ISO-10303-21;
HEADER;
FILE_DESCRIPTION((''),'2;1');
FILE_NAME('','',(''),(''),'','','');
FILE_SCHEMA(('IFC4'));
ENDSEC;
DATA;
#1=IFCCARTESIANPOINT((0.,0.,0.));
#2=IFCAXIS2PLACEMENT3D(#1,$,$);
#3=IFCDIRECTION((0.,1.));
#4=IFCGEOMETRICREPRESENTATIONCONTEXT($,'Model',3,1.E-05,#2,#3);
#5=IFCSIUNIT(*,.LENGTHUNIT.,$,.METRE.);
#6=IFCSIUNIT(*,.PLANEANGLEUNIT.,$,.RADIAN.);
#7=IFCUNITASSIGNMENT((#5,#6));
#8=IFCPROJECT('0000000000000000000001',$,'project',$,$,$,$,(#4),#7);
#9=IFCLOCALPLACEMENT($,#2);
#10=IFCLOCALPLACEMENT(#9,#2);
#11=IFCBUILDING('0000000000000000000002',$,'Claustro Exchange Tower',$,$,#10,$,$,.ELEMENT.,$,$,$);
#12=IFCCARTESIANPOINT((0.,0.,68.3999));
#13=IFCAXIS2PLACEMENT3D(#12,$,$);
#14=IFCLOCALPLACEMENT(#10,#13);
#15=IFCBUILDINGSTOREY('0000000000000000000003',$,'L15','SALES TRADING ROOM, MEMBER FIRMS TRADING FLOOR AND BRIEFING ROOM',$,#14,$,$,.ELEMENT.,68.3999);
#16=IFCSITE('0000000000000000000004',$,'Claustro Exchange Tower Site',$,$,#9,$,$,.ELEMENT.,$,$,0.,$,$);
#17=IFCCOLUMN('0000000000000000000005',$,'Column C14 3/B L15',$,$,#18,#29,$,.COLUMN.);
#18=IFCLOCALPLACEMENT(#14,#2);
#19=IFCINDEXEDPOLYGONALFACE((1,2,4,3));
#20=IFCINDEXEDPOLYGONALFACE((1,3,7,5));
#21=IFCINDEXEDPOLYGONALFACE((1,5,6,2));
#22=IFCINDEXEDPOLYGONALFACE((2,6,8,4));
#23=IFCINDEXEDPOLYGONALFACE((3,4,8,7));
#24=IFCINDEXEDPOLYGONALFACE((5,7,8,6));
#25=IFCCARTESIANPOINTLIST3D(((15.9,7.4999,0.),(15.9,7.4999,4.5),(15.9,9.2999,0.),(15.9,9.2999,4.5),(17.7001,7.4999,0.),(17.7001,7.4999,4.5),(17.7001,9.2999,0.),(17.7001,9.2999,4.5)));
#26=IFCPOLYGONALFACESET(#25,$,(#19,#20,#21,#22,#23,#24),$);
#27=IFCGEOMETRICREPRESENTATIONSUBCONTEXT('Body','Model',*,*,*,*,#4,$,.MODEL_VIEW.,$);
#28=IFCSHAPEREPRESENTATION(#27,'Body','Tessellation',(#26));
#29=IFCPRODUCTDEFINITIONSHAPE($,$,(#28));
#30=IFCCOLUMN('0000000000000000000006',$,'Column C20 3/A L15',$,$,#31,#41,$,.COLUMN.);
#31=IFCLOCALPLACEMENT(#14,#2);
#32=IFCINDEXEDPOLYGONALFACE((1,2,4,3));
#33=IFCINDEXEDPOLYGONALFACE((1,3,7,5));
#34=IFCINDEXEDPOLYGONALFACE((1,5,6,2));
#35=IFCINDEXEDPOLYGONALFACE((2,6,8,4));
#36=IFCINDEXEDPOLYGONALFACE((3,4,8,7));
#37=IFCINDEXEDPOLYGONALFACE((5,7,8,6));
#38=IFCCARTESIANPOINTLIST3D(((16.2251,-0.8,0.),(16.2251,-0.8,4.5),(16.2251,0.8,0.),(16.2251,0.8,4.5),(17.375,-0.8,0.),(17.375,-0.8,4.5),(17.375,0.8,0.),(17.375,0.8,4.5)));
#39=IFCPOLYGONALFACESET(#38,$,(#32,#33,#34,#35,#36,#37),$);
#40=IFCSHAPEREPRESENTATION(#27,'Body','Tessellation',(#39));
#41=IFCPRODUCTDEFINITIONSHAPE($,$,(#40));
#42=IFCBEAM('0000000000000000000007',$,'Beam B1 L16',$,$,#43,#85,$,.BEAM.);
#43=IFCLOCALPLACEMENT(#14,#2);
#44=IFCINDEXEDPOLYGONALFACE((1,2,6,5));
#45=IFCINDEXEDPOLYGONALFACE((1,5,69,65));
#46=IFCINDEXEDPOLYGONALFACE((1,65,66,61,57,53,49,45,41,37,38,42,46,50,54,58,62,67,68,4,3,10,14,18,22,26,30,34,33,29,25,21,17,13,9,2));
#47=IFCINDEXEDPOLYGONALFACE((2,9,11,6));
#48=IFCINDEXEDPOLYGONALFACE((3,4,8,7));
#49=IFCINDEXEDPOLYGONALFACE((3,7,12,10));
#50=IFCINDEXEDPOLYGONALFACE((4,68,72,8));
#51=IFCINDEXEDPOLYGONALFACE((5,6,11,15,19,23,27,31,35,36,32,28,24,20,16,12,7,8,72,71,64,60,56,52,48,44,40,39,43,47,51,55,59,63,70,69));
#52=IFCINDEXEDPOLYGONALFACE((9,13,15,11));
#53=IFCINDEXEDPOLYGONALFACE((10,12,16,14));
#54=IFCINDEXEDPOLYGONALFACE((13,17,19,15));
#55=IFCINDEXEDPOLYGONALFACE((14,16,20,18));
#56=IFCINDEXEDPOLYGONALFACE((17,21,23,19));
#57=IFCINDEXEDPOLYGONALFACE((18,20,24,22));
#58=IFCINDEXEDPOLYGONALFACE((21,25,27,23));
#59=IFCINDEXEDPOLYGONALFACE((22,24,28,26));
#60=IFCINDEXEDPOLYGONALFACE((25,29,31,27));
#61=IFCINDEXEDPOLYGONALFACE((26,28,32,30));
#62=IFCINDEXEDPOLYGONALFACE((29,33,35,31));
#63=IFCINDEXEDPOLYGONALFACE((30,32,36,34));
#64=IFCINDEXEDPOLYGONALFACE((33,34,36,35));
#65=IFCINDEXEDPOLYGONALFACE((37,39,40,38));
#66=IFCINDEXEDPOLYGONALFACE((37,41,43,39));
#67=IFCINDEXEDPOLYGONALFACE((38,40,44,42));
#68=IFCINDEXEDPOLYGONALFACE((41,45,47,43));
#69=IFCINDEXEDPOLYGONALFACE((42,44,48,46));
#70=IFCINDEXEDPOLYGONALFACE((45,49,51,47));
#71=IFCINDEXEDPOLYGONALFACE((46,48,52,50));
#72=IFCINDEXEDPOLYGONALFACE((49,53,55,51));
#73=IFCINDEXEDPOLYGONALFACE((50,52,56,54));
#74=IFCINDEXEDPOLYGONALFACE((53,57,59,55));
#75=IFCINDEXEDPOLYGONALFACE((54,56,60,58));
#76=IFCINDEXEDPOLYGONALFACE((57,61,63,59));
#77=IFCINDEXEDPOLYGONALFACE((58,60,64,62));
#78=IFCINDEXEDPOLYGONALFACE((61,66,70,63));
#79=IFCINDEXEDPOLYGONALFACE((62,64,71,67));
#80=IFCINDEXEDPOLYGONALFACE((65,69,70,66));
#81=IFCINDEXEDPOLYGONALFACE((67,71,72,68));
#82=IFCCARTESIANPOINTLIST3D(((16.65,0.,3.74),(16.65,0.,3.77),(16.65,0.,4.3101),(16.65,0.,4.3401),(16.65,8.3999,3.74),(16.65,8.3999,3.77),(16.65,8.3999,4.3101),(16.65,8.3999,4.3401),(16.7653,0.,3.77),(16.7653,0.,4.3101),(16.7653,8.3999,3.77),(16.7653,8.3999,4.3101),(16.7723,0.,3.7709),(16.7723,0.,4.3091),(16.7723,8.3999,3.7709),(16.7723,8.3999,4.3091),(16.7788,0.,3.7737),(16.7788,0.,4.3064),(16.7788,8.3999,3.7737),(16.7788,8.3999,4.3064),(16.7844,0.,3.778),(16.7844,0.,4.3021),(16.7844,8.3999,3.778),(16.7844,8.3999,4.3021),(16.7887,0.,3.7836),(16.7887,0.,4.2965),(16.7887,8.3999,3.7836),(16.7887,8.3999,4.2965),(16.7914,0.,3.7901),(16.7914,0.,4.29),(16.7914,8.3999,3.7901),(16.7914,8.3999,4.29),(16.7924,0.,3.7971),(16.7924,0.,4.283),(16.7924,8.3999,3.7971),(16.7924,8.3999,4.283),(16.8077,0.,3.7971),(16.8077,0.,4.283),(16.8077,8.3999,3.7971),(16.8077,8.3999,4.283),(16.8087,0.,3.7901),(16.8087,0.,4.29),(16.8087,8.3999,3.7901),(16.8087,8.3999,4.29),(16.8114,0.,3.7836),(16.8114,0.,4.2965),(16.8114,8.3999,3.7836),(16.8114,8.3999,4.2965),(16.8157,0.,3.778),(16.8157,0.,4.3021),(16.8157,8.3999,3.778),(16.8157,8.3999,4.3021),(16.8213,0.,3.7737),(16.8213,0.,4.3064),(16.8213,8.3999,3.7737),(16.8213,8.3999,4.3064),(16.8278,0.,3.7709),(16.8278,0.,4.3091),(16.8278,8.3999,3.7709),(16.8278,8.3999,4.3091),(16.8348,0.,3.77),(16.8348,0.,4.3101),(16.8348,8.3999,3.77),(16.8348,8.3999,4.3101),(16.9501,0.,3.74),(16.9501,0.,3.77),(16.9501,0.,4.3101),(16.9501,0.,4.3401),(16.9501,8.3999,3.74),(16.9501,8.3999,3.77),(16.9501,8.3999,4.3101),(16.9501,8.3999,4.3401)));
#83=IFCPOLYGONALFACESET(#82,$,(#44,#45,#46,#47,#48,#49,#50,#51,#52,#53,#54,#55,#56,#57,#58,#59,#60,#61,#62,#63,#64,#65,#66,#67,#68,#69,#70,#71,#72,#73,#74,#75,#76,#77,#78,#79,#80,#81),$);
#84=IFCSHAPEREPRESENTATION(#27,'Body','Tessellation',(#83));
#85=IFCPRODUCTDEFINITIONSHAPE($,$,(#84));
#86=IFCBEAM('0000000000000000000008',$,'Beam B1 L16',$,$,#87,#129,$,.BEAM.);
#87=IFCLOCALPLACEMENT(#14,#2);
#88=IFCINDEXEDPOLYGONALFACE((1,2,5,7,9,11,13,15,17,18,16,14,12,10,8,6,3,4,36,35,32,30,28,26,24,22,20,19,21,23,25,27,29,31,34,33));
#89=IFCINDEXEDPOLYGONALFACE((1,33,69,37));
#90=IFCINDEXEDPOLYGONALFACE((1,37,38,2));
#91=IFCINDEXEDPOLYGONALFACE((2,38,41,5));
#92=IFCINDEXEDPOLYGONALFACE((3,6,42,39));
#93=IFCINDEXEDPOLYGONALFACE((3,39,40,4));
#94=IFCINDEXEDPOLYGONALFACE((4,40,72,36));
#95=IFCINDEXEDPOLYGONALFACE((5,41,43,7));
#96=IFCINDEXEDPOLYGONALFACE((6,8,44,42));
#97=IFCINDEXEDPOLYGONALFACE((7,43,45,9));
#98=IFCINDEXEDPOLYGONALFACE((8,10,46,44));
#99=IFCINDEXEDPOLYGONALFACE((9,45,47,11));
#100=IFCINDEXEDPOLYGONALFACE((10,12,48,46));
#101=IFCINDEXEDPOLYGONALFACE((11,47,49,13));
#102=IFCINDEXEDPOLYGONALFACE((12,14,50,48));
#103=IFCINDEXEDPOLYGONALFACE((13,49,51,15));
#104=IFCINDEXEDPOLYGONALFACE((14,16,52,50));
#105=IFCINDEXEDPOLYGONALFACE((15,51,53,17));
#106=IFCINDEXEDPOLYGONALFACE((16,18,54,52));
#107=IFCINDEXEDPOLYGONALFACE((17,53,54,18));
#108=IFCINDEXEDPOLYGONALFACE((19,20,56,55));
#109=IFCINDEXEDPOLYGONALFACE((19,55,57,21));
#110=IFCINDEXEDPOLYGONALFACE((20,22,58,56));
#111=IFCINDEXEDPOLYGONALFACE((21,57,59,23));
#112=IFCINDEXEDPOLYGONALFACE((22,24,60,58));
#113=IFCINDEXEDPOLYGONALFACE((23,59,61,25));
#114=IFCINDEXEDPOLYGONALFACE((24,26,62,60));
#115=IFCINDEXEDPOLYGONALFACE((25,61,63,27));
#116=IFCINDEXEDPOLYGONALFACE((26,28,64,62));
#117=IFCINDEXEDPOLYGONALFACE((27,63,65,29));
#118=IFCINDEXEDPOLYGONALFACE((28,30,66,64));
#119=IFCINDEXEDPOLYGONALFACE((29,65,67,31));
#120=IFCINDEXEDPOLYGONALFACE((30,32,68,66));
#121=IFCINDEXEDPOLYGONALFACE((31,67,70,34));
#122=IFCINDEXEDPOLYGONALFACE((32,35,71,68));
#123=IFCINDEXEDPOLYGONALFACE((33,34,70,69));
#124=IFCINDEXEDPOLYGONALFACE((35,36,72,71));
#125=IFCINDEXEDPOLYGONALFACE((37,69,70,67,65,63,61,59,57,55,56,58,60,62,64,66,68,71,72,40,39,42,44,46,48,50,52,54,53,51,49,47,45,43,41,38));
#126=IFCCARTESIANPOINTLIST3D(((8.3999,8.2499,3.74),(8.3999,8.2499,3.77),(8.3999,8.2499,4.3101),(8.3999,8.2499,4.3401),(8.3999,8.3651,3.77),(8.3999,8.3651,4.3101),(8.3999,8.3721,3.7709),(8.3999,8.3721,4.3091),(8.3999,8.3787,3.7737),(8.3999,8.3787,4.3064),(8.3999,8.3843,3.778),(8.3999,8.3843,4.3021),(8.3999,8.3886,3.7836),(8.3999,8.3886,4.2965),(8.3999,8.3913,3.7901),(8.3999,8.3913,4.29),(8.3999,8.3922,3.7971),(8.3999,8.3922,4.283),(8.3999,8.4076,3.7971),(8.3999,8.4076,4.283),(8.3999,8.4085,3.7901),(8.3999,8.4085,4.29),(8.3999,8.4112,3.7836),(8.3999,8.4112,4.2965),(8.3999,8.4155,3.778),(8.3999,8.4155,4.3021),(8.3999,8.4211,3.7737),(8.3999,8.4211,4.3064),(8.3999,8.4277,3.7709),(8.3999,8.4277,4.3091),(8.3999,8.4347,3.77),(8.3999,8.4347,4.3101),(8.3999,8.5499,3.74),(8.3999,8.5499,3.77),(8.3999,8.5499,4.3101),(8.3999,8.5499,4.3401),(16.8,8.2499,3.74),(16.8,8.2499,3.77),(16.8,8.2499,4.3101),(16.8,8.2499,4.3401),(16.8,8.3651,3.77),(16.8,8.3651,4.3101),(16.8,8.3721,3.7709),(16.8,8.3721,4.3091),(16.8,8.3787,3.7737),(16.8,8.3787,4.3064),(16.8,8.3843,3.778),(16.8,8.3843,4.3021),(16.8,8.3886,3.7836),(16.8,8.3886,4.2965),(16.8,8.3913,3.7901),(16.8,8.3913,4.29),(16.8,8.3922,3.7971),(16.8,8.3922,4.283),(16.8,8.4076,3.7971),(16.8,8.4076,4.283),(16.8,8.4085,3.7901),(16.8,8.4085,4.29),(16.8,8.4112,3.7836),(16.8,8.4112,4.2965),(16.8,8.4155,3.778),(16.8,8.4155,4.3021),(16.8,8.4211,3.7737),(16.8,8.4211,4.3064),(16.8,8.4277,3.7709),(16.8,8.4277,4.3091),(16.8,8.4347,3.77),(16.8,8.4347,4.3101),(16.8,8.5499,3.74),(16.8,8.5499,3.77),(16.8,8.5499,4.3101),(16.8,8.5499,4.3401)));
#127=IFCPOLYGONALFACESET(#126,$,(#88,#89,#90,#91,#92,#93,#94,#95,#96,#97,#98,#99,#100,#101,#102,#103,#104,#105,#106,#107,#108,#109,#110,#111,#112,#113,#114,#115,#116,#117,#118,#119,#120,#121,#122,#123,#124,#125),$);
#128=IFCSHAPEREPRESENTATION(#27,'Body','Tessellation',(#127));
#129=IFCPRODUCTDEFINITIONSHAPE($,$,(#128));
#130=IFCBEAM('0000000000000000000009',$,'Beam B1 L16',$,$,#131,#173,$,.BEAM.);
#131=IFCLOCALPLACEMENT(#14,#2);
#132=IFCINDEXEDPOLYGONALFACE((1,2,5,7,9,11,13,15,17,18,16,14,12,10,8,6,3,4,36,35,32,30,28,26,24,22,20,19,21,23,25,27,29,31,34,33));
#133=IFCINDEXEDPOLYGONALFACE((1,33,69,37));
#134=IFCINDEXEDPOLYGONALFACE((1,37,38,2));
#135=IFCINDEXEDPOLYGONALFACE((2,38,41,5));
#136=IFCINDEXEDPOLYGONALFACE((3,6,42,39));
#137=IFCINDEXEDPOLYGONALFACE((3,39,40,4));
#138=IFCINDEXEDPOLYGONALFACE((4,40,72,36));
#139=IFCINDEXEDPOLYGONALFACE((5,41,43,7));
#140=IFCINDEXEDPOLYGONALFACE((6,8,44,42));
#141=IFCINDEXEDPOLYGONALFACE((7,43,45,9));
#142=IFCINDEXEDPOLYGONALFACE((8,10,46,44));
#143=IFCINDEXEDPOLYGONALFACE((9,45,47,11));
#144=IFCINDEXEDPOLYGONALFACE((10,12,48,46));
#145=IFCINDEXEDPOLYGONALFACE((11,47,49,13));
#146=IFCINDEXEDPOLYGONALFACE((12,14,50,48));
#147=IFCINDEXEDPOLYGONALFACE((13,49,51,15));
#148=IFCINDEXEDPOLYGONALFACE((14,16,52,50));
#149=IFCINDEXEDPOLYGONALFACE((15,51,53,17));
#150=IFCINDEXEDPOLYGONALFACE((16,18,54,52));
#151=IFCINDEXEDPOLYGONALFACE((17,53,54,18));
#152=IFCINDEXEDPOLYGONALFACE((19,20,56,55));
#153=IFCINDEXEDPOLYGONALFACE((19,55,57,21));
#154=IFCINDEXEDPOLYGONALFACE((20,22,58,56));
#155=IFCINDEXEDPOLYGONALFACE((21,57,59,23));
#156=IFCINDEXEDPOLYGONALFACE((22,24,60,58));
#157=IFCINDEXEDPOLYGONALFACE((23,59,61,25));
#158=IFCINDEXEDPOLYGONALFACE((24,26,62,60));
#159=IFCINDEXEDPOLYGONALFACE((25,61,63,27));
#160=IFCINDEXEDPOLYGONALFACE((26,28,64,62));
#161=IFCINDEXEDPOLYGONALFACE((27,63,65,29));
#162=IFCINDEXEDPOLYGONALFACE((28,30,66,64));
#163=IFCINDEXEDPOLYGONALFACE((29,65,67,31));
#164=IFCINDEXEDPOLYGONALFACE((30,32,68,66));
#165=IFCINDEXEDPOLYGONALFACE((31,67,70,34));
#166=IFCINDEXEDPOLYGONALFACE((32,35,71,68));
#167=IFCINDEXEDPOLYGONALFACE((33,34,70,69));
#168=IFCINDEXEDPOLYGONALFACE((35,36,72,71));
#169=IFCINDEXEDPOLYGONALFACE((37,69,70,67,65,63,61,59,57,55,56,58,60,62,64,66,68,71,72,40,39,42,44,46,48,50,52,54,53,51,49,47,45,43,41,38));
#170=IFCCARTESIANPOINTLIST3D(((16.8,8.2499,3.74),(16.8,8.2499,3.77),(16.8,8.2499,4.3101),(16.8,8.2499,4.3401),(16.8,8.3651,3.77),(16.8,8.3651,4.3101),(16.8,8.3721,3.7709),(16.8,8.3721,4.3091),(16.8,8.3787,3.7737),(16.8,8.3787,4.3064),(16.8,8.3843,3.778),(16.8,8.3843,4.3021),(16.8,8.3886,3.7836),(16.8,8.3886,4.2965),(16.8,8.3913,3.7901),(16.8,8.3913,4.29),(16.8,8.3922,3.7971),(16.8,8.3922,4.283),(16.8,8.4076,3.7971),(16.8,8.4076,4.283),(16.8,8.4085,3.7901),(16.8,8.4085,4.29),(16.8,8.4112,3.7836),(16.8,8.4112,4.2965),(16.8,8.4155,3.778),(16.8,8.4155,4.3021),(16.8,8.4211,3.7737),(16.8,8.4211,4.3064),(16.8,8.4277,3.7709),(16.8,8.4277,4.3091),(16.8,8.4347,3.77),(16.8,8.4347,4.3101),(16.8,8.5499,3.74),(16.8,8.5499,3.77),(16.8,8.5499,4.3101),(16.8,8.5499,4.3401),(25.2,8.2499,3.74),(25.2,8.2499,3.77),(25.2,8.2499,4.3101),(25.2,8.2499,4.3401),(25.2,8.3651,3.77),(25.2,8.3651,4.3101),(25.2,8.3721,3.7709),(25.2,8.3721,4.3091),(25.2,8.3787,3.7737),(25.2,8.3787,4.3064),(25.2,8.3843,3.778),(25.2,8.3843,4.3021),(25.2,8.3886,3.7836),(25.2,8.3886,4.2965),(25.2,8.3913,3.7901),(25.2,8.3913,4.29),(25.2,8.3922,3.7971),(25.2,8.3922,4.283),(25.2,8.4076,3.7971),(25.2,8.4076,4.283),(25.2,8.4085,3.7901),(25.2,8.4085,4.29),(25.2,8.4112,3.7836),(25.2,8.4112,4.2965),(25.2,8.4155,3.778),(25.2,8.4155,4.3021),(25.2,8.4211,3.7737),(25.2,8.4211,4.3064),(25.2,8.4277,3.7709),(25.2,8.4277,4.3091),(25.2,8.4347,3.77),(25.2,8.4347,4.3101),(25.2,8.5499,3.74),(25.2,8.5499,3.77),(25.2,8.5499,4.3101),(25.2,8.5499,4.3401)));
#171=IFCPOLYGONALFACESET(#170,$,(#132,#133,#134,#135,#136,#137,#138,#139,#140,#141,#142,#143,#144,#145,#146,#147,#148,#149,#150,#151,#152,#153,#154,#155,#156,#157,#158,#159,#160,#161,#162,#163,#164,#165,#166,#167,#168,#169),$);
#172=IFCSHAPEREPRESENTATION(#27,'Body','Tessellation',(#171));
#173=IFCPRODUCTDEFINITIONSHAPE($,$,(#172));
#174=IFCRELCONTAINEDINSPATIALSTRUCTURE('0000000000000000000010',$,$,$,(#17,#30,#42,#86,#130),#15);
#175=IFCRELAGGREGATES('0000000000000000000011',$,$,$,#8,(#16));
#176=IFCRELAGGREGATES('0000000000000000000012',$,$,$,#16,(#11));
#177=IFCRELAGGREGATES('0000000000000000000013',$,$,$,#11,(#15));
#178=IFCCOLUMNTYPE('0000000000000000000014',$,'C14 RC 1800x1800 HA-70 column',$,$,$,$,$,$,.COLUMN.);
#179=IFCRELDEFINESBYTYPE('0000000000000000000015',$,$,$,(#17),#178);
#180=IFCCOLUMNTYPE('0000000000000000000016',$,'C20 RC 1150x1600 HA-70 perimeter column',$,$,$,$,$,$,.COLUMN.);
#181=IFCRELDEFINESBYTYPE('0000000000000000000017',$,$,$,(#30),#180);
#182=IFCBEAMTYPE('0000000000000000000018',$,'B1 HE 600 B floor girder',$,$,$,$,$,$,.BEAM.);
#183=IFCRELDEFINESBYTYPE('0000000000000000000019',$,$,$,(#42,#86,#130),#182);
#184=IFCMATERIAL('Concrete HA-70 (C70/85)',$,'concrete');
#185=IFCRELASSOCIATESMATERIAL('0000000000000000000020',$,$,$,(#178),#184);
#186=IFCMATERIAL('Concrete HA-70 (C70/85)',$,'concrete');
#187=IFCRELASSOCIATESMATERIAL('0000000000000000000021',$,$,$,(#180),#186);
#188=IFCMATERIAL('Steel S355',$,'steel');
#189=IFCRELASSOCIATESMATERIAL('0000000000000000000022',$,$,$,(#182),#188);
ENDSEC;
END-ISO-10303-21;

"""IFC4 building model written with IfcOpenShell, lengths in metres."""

from ifc_helpers import new_model, si_unit, direction, frame, origin, origin_2d, place, context, subcontext, project, spatial, rectangle, i_section, extrude, material, material_profile, profile_set, type_object, element, save


model = new_model("IFC4")

# Units and contexts
model_context = context("Model", 3, precision=1e-05, world=origin(), true_north=direction((0.0, 1.0)))
body_context = subcontext(model_context, "Body", "Model", "MODEL_VIEW")
ifc_project = project(units=[si_unit("LENGTHUNIT", "METRE"), si_unit("PLANEANGLEUNIT", "RADIAN")], contexts=[model_context])

# Site, building, storey
site_placement = place(None, origin())
site = spatial("IfcSite", under=ifc_project, at=site_placement, Name="Claustro Exchange Tower Site", CompositionType="ELEMENT", RefElevation=0.0)
building_placement = place(site_placement, origin())
building = spatial("IfcBuilding", under=site, at=building_placement, Name="Claustro Exchange Tower", CompositionType="ELEMENT")
storey_placement = place(building_placement, frame((0.0, 0.0, 68.3999)))
storey = spatial("IfcBuildingStorey", under=building, at=storey_placement, Name="L15", Description="SALES TRADING ROOM, MEMBER FIRMS TRADING FLOOR AND BRIEFING ROOM", CompositionType="ELEMENT", Elevation=68.3999)

# Columns
ifc_material_1 = material(Name="Concrete HA-70 (C70/85)", Category="concrete")
ifc_material_profile_1 = material_profile(ifc_material_1, rectangle(XDim=1.8, YDim=1.8, at=origin_2d()), Name="RC 1800x1800")
ifc_profile_set_1 = profile_set([ifc_material_profile_1], Name="Concrete HA-70 (C70/85)")
column_type_1 = type_object("IfcColumnType", Name="C14 RC 1800x1800 HA-70 column", PredefinedType="COLUMN", material=ifc_profile_set_1)
column_1_placement = place(storey_placement, frame((16.8, 8.3999, 0.0), z_axis=(0.0, 0.0, 1.0), x_axis=(1.0, 0.0, 0.0)))
element("IfcColumn", 1, at=column_1_placement, inside=storey, type_object=column_type_1, Name="Column C14 3/B L15", PredefinedType="COLUMN", context=body_context, shape_type="SweptSolid", body=[
    extrude(rectangle(XDim=1.8, YDim=1.8, at=origin_2d()), origin(), (0.0, 0.0, 1.0), 4.5),
])
ifc_material_2 = material(Name="Concrete HA-70 (C70/85)", Category="concrete")
ifc_material_profile_2 = material_profile(ifc_material_2, rectangle(XDim=1.1499, YDim=1.6001, at=origin_2d()), Name="RC 1150x1600")
ifc_profile_set_2 = profile_set([ifc_material_profile_2], Name="Concrete HA-70 (C70/85)")
column_type_2 = type_object("IfcColumnType", Name="C20 RC 1150x1600 HA-70 perimeter column", PredefinedType="COLUMN", material=ifc_profile_set_2)
column_2_placement = place(storey_placement, frame((16.8, 0.0, 0.0), z_axis=(0.0, 0.0, 1.0), x_axis=(1.0, 0.0, 0.0)))
element("IfcColumn", 2, at=column_2_placement, inside=storey, type_object=column_type_2, Name="Column C20 3/A L15", PredefinedType="COLUMN", context=body_context, shape_type="SweptSolid", body=[
    extrude(rectangle(XDim=1.1499, YDim=1.6001, at=origin_2d()), origin(), (0.0, 0.0, 1.0), 4.5),
])

# Beams
ifc_material_3 = material(Name="Steel S355", Category="steel")
ifc_material_profile_3 = material_profile(ifc_material_3, i_section(OverallWidth=0.3, OverallDepth=0.6001, WebThickness=0.0154, FlangeThickness=0.03, FilletRadius=0.0271, at=origin_2d()), Name="HE 600 B")
ifc_profile_set_3 = profile_set([ifc_material_profile_3], Name="Steel S355")
beam_type_1 = type_object("IfcBeamType", Name="B1 HE 600 B floor girder", PredefinedType="BEAM", material=ifc_profile_set_3)
beam_1_placement = place(storey_placement, frame((16.8, 0.0, 4.04), z_axis=(0.0, 1.0, 0.0), x_axis=(-1.0, 0.0, 0.0)))
element("IfcBeam", 3, at=beam_1_placement, inside=storey, type_object=beam_type_1, Name="Beam B1 L16", PredefinedType="BEAM", context=body_context, shape_type="SweptSolid", body=[
    extrude(i_section(OverallWidth=0.3, OverallDepth=0.6001, WebThickness=0.0154, FlangeThickness=0.03, FilletRadius=0.0271, at=origin_2d()), origin(), (0.0, 0.0, 1.0), 8.3999),
])
beam_2_placement = place(storey_placement, frame((8.3999, 8.3999, 4.04), z_axis=(1.0, 0.0, 0.0), x_axis=(0.0, 1.0, 0.0)))
element("IfcBeam", 4, at=beam_2_placement, inside=storey, type_object=beam_type_1, Name="Beam B1 L16", PredefinedType="BEAM", context=body_context, shape_type="SweptSolid", body=[
    extrude(i_section(OverallWidth=0.3, OverallDepth=0.6001, WebThickness=0.0154, FlangeThickness=0.03, FilletRadius=0.0271, at=origin_2d()), origin(), (0.0, 0.0, 1.0), 8.4001),
])
beam_3_placement = place(storey_placement, frame((16.8, 8.3999, 4.04), z_axis=(1.0, 0.0, 0.0), x_axis=(0.0, 1.0, 0.0)))
element("IfcBeam", 5, at=beam_3_placement, inside=storey, type_object=beam_type_1, Name="Beam B1 L16", PredefinedType="BEAM", context=body_context, shape_type="SweptSolid", body=[
    extrude(i_section(OverallWidth=0.3, OverallDepth=0.6001, WebThickness=0.0154, FlangeThickness=0.03, FilletRadius=0.0271, at=origin_2d()), origin(), (0.0, 0.0, 1.0), 8.3999),
])

save(model, "model.ifc")
